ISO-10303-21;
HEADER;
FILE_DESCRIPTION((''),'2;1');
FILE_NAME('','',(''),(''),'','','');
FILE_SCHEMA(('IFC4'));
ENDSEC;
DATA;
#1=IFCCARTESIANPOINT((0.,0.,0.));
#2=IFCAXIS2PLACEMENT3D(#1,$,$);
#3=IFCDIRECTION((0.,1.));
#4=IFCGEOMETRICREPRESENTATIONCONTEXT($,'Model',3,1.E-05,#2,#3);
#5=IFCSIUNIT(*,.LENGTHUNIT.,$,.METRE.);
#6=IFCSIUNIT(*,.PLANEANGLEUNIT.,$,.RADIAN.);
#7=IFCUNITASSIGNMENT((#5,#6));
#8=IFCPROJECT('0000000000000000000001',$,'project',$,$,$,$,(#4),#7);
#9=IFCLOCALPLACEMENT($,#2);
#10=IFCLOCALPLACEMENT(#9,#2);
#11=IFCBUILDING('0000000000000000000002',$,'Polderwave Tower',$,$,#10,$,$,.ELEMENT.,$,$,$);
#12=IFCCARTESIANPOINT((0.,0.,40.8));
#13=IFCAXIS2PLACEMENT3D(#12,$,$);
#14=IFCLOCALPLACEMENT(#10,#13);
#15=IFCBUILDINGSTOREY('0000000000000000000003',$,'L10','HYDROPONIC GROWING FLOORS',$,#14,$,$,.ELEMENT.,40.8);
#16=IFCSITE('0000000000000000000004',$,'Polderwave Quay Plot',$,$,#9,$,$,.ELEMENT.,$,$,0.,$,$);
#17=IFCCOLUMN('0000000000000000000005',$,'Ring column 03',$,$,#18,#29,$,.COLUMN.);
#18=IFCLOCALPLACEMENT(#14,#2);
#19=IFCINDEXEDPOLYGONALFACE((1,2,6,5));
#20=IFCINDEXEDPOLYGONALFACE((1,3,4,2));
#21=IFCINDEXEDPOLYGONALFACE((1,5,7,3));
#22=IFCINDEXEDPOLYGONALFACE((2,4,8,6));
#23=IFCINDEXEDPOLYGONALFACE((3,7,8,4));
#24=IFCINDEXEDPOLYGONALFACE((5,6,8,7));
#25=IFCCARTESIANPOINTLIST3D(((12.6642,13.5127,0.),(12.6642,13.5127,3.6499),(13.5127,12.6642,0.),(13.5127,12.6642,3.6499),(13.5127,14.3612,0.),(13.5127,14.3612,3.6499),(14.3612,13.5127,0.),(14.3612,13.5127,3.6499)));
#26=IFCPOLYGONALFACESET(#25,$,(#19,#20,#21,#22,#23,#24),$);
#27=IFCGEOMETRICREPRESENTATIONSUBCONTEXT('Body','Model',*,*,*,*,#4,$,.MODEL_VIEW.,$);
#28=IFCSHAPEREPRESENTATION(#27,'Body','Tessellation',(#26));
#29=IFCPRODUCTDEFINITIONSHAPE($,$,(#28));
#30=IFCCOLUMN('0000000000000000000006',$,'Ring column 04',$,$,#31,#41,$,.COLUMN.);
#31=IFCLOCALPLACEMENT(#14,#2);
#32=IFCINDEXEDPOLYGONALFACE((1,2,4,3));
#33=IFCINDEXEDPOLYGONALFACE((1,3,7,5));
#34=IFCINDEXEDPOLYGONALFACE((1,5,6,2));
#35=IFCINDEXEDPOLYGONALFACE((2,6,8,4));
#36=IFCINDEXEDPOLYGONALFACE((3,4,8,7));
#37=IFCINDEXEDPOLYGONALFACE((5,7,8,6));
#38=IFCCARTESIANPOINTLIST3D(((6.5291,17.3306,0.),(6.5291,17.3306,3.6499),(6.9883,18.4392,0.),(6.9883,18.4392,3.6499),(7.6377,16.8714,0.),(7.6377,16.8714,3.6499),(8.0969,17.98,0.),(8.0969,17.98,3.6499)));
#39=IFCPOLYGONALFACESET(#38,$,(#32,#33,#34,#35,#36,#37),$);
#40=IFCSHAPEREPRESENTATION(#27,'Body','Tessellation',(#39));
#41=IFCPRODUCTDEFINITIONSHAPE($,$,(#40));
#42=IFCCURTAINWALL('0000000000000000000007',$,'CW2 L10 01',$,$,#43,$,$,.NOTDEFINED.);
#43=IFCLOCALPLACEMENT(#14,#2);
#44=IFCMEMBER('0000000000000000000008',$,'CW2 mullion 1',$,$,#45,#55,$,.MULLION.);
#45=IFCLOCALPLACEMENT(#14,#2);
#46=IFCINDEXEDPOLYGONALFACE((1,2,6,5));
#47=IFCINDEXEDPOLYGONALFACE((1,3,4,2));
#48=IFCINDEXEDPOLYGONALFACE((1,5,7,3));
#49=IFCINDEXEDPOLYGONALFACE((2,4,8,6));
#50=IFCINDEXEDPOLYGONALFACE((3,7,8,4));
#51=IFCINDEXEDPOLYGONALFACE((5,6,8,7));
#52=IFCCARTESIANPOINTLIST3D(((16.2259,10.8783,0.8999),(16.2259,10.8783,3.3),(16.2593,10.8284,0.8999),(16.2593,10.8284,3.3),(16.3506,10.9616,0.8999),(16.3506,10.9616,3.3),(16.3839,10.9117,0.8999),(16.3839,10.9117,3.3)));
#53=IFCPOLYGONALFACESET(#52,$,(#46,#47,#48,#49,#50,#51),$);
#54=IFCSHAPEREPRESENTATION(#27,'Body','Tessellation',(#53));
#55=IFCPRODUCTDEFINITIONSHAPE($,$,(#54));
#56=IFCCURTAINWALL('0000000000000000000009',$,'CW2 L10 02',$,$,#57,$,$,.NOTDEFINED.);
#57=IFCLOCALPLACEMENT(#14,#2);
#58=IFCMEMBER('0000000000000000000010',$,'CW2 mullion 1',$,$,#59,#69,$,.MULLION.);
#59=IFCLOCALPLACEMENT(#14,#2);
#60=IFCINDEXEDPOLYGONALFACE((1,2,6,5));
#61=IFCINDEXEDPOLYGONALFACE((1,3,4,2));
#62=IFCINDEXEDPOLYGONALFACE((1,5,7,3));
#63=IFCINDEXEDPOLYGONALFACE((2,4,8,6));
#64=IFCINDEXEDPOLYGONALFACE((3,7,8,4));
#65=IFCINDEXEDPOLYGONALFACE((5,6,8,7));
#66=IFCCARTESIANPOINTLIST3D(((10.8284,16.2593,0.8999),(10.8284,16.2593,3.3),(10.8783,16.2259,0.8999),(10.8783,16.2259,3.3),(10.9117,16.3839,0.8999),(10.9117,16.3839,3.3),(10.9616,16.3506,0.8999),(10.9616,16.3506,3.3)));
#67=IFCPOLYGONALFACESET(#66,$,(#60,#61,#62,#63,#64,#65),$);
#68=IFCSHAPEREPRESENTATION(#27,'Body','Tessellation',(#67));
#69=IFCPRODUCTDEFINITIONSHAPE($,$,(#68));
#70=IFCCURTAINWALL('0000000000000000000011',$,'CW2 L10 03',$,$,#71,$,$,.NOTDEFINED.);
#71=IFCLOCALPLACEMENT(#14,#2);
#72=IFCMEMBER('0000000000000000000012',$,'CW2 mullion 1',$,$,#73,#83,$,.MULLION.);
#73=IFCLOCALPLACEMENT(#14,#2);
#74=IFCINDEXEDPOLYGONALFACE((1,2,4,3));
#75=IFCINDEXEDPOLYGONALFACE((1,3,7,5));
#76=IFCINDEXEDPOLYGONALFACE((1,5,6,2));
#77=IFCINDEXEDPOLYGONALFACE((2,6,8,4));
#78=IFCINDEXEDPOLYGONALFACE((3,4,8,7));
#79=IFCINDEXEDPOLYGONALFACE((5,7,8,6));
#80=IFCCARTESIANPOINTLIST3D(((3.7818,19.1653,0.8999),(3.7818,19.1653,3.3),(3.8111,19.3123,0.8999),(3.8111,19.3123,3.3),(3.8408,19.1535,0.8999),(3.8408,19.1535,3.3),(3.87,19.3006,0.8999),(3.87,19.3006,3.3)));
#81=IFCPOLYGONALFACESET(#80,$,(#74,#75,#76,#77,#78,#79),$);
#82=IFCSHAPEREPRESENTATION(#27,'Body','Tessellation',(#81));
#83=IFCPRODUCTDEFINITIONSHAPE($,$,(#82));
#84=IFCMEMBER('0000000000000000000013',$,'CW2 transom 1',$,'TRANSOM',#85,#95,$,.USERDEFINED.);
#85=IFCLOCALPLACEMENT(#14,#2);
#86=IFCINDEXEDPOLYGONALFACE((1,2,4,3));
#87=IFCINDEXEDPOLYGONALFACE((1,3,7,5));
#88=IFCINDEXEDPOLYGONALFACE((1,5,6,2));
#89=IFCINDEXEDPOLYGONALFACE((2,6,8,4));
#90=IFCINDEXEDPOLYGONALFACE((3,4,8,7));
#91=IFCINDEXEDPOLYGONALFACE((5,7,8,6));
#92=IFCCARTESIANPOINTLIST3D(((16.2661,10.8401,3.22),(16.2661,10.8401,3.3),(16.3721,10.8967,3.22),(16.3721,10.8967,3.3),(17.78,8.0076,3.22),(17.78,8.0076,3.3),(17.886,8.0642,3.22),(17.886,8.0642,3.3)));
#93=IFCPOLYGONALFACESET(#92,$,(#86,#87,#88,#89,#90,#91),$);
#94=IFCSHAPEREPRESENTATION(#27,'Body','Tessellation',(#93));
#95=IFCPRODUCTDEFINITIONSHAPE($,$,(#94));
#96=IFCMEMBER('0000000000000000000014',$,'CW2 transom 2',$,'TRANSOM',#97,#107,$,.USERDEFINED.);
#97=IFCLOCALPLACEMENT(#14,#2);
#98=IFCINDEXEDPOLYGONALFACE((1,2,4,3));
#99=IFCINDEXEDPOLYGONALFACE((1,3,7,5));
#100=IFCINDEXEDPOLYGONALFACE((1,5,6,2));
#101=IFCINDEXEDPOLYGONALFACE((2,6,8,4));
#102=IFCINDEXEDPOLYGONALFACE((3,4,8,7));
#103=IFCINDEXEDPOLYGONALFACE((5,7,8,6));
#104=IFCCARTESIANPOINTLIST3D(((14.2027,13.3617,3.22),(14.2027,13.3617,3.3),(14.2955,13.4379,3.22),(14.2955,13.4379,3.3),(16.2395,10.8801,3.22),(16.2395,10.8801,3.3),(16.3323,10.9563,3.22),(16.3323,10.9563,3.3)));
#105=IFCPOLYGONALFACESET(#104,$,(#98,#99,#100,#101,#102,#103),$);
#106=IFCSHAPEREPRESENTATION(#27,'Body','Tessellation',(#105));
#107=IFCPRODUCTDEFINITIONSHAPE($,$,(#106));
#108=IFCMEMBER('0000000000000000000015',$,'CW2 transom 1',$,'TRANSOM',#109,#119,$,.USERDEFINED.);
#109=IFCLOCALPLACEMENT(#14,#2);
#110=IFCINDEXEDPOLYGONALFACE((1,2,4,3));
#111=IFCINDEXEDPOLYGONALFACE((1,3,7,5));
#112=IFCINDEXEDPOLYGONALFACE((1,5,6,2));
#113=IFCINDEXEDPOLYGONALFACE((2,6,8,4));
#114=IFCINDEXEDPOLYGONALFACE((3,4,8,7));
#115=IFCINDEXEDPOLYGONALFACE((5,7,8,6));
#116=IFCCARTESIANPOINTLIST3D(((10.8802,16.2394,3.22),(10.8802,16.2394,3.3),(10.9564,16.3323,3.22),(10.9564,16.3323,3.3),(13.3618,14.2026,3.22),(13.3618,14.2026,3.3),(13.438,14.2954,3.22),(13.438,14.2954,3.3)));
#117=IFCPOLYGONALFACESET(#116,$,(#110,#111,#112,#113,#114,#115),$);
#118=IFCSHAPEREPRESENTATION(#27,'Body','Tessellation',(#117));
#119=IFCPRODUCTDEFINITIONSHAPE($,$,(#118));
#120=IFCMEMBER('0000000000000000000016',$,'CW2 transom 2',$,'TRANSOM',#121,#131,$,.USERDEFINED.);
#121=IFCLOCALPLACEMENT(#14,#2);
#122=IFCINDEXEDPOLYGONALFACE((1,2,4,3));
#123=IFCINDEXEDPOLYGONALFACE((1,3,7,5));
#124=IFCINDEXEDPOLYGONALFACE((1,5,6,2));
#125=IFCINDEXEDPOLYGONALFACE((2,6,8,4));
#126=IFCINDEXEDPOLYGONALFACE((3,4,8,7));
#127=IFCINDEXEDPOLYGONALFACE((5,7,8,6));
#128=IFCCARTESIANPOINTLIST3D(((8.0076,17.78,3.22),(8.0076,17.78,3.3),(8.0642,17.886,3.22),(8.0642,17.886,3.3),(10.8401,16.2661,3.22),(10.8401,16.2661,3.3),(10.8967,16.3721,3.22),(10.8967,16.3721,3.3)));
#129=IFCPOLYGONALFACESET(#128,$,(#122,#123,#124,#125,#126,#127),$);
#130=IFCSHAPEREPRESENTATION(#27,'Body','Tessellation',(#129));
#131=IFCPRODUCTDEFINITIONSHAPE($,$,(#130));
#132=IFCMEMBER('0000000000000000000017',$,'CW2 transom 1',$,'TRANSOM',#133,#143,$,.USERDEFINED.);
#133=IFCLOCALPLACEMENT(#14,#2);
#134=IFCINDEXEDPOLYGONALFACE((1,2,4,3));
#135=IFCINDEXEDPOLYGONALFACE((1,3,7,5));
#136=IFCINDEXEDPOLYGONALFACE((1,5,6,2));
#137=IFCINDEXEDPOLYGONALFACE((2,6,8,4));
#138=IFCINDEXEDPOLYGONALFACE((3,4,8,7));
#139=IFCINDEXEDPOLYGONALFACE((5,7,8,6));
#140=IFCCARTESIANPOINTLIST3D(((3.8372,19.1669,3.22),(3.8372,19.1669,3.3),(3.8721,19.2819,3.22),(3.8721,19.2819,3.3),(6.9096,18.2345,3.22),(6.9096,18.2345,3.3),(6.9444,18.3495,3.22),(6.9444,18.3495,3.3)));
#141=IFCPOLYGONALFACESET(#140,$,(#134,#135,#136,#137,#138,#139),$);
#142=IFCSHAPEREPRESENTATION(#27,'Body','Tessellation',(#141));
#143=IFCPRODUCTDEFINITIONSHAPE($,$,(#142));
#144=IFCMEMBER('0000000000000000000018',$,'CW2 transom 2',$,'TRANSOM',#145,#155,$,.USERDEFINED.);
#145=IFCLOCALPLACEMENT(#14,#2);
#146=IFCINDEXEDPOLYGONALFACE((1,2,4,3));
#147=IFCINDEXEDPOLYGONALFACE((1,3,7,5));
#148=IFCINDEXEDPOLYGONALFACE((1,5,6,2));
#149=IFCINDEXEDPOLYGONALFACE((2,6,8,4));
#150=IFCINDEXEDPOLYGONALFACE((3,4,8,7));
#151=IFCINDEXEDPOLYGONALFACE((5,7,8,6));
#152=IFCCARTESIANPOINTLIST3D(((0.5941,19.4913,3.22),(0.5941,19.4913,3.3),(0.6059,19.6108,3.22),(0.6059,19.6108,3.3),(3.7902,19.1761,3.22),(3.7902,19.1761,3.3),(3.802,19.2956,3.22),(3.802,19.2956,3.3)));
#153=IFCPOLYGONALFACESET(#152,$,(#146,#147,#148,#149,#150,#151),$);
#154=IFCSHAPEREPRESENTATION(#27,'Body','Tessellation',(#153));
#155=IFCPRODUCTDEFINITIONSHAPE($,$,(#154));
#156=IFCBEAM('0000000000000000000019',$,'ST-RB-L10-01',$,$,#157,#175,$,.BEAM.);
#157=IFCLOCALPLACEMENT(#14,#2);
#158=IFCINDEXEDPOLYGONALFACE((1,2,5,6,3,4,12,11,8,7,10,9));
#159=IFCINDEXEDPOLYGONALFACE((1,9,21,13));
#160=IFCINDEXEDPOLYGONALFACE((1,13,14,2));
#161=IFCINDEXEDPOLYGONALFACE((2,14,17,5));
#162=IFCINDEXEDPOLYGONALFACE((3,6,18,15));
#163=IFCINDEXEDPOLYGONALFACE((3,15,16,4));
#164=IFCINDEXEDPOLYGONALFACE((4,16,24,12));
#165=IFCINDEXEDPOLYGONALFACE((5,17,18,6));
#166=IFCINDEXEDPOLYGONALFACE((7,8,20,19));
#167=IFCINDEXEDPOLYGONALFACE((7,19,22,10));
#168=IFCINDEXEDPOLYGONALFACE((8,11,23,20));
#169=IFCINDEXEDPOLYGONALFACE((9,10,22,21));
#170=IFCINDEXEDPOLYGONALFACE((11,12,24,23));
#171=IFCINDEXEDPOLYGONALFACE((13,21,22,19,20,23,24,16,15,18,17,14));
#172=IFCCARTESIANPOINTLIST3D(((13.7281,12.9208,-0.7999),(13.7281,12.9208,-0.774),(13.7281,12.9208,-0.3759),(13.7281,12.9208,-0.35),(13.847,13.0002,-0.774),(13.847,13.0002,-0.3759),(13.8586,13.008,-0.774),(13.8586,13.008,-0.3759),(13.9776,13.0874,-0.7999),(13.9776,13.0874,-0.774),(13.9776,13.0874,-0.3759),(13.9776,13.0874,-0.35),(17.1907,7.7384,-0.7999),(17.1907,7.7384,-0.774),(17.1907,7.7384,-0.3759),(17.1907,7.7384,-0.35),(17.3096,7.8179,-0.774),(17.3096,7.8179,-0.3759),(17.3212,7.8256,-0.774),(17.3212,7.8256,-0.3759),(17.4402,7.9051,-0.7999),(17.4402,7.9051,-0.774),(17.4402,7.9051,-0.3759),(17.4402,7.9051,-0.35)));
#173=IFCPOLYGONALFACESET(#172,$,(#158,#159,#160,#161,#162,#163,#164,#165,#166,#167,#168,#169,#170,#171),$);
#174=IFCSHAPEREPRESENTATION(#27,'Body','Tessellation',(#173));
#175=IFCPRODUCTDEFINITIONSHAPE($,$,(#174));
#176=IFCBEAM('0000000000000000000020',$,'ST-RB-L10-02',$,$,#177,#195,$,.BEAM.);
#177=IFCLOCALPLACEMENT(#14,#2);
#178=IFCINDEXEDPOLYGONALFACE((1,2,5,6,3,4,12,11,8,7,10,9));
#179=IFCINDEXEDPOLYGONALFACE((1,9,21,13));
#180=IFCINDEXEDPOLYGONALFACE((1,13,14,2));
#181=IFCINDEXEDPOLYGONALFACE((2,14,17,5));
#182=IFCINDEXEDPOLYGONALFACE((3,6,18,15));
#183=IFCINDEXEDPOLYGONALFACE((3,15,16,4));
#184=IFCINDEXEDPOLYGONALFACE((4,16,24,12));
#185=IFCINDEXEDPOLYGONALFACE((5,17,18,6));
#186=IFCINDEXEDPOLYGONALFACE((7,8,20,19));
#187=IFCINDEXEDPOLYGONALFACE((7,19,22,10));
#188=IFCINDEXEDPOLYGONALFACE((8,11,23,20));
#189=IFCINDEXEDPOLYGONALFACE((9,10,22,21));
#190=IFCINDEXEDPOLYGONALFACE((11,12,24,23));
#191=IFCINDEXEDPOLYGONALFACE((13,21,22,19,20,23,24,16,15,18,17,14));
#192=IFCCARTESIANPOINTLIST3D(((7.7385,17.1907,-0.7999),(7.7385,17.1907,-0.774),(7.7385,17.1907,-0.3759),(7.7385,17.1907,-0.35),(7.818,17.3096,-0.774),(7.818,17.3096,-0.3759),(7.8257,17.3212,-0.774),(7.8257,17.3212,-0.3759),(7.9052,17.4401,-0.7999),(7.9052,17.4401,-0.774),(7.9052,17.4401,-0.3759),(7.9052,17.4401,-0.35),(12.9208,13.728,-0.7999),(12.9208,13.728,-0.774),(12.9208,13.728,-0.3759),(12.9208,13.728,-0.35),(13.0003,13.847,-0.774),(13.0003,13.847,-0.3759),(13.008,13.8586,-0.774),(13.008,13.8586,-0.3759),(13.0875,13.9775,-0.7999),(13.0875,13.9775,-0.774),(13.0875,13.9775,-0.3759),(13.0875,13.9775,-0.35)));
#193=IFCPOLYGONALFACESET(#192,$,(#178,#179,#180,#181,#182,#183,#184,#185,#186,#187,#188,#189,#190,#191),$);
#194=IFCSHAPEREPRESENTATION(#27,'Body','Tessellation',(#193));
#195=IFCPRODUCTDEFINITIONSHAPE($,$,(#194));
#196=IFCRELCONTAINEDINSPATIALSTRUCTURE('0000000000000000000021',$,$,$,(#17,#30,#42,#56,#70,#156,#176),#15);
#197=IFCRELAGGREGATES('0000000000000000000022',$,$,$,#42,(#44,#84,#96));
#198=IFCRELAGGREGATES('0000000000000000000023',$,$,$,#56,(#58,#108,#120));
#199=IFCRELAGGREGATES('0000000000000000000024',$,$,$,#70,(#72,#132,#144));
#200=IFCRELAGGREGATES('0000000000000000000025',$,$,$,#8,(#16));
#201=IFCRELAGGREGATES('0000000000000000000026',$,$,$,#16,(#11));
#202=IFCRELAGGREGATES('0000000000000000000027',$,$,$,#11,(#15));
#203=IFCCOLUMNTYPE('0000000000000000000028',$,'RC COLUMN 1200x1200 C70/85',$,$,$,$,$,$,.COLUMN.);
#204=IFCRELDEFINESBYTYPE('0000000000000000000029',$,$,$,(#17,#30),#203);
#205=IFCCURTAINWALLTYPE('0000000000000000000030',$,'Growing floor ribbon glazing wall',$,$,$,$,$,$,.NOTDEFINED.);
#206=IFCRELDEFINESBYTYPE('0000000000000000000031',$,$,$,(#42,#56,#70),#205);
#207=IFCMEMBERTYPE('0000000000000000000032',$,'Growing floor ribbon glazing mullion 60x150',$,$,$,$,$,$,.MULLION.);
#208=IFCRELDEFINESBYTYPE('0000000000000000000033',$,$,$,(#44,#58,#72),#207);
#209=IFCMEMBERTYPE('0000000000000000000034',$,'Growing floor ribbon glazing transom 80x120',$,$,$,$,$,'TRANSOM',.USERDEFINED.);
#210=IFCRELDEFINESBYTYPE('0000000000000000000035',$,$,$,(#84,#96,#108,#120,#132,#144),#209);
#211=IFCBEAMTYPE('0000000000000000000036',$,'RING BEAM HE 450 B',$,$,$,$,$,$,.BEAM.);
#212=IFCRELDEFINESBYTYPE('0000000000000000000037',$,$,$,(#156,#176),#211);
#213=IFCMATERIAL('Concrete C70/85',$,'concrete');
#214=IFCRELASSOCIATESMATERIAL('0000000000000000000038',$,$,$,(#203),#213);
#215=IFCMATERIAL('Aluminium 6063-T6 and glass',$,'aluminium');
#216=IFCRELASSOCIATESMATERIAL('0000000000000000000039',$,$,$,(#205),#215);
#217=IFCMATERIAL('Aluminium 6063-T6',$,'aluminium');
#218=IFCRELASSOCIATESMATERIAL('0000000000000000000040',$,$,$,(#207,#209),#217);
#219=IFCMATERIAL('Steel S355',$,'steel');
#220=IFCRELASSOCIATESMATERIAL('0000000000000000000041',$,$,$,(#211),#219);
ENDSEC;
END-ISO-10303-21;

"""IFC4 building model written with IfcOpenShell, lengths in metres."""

from ifc_helpers import new_model, si_unit, direction, frame, origin, origin_2d, place, context, subcontext, project, spatial, rectangle, i_section, extrude, material, material_profile, profile_set, type_object, element, aggregate, save


model = new_model("IFC4")

# Units and contexts
model_context = context("Model", 3, precision=1e-05, world=origin(), true_north=direction((0.0, 1.0)))
body_context = subcontext(model_context, "Body", "Model", "MODEL_VIEW")
ifc_project = project(units=[si_unit("LENGTHUNIT", "METRE"), si_unit("PLANEANGLEUNIT", "RADIAN")], contexts=[model_context])

# Site, building, storey
site_placement = place(None, origin())
site = spatial("IfcSite", under=ifc_project, at=site_placement, Name="Polderwave Quay Plot", CompositionType="ELEMENT", RefElevation=0.0)
building_placement = place(site_placement, origin())
building = spatial("IfcBuilding", under=site, at=building_placement, Name="Polderwave Tower", CompositionType="ELEMENT")
storey_placement = place(building_placement, frame((0.0, 0.0, 40.8)))
storey = spatial("IfcBuildingStorey", under=building, at=storey_placement, Name="L10", Description="HYDROPONIC GROWING FLOORS", CompositionType="ELEMENT", Elevation=40.8)

# Columns
ifc_material_1 = material(Name="Concrete C70/85", Category="concrete")
ifc_material_profile_1 = material_profile(ifc_material_1, rectangle(XDim=1.2, YDim=1.2, at=origin_2d()), Name="RC 1200x1200")
ifc_profile_set_1 = profile_set([ifc_material_profile_1], Name="Concrete C70/85")
column_type = type_object("IfcColumnType", Name="RC COLUMN 1200x1200 C70/85", PredefinedType="COLUMN", material=ifc_profile_set_1)
for number, where, z_axis, x_axis, name in (
    (1, (13.5127, 13.5127, 0.0), (0.0, 0.0, 1.0), (0.707107, 0.707107, 0.0), "Ring column 03"),
    (2, (7.313, 17.6553, 0.0), (0.0, 0.0, 1.0), (0.382683, 0.92388, 0.0), "Ring column 04"),
):
    element("IfcColumn", number, at=place(storey_placement, frame(where, z_axis=z_axis, x_axis=x_axis)), inside=storey, type_object=column_type, Name=name, PredefinedType="COLUMN", context=body_context, shape_type="SweptSolid", body=[
        extrude(rectangle(XDim=1.2, YDim=1.2, at=origin_2d()), origin(), (0.0, 0.0, 1.0), 3.6499),
    ])

# Curtain walls, members
ifc_material_2 = material(Name="Aluminium 6063-T6 and glass", Category="aluminium")
curtain_wall_type = type_object("IfcCurtainWallType", Name="Growing floor ribbon glazing wall", PredefinedType="NOTDEFINED", material=ifc_material_2)
curtain_wall_1_placement = place(storey_placement, origin())
curtain_wall_1 = element("IfcCurtainWall", 3, at=curtain_wall_1_placement, inside=storey, type_object=curtain_wall_type, Name="CW2 L10 01", PredefinedType="NOTDEFINED")
ifc_material_3 = material(Name="Aluminium 6063-T6", Category="aluminium")
ifc_material_profile_2 = material_profile(ifc_material_3, rectangle(XDim=0.1499, YDim=0.0601, at=origin_2d()), Name="AL 60x150")
ifc_profile_set_2 = profile_set([ifc_material_profile_2], Name="Aluminium 6063-T6")
member_type_1 = type_object("IfcMemberType", Name="Growing floor ribbon glazing mullion 60x150", PredefinedType="MULLION", material=ifc_profile_set_2)
member_1_placement = place(storey_placement, frame((16.3049, 10.895, 0.8999), z_axis=(0.0, 0.0, 1.0), x_axis=(-0.831469, -0.555572, 0.0)))
member_1 = element("IfcMember", 4, at=member_1_placement, type_object=member_type_1, Name="CW2 mullion 1", PredefinedType="MULLION", context=body_context, shape_type="SweptSolid", body=[
    extrude(rectangle(XDim=0.1499, YDim=0.0601, at=origin_2d()), origin(), (0.0, 0.0, 1.0), 2.4001),
])
curtain_wall_2_placement = place(storey_placement, origin())
curtain_wall_2 = element("IfcCurtainWall", 5, at=curtain_wall_2_placement, inside=storey, type_object=curtain_wall_type, Name="CW2 L10 02", PredefinedType="NOTDEFINED")
member_2_placement = place(storey_placement, frame((10.895, 16.3049, 0.8999), z_axis=(0.0, 0.0, 1.0), x_axis=(-0.555572, -0.831469, 0.0)))
member_2 = element("IfcMember", 6, at=member_2_placement, type_object=member_type_1, Name="CW2 mullion 1", PredefinedType="MULLION", context=body_context, shape_type="SweptSolid", body=[
    extrude(rectangle(XDim=0.1499, YDim=0.0601, at=origin_2d()), origin(), (0.0, 0.0, 1.0), 2.4001),
])
curtain_wall_3_placement = place(storey_placement, origin())
curtain_wall_3 = element("IfcCurtainWall", 7, at=curtain_wall_3_placement, inside=storey, type_object=curtain_wall_type, Name="CW2 L10 03", PredefinedType="NOTDEFINED")
member_3_placement = place(storey_placement, frame((3.8259, 19.2329, 0.8999), z_axis=(0.0, 0.0, 1.0), x_axis=(-0.195178, -0.980768, 0.0)))
member_3 = element("IfcMember", 8, at=member_3_placement, type_object=member_type_1, Name="CW2 mullion 1", PredefinedType="MULLION", context=body_context, shape_type="SweptSolid", body=[
    extrude(rectangle(XDim=0.1499, YDim=0.0601, at=origin_2d()), origin(), (0.0, 0.0, 1.0), 2.4001),
])

# Members
ifc_material_profile_3 = material_profile(ifc_material_3, rectangle(XDim=0.1201, YDim=0.0801, at=origin_2d()), Name="AL 80x120")
ifc_profile_set_3 = profile_set([ifc_material_profile_3], Name="Aluminium 6063-T6")
member_type_2 = type_object("IfcMemberType", Name="Growing floor ribbon glazing transom 80x120", ElementType="TRANSOM", PredefinedType="USERDEFINED", material=ifc_profile_set_3)
member_4_placement = place(storey_placement, frame((17.833, 8.0359, 3.26), z_axis=(-0.471373, 0.881934, 0.0), x_axis=(-0.881934, -0.471373, 0.0)))
member_4 = element("IfcMember", 9, at=member_4_placement, type_object=member_type_2, Name="CW2 transom 1", ObjectType="TRANSOM", PredefinedType="USERDEFINED", context=body_context, shape_type="SweptSolid", body=[
    extrude(rectangle(XDim=0.1201, YDim=0.0801, at=origin_2d()), origin(), (0.0, 0.0, 1.0), 3.2117),
])
member_5_placement = place(storey_placement, frame((16.2859, 10.9182, 3.26), z_axis=(-0.63443, 0.772981, 0.0), x_axis=(-0.772981, -0.63443, 0.0)))
member_5 = element("IfcMember", 10, at=member_5_placement, type_object=member_type_2, Name="CW2 transom 2", ObjectType="TRANSOM", PredefinedType="USERDEFINED", context=body_context, shape_type="SweptSolid", body=[
    extrude(rectangle(XDim=0.1201, YDim=0.0801, at=origin_2d()), origin(), (0.0, 0.0, 1.0), 3.2104),
])
member_6_placement = place(storey_placement, frame((13.3999, 14.249, 3.26), z_axis=(-0.772981, 0.63443, 0.0), x_axis=(-0.63443, -0.772981, 0.0)))
member_6 = element("IfcMember", 11, at=member_6_placement, type_object=member_type_2, Name="CW2 transom 1", ObjectType="TRANSOM", PredefinedType="USERDEFINED", context=body_context, shape_type="SweptSolid", body=[
    extrude(rectangle(XDim=0.1201, YDim=0.0801, at=origin_2d()), origin(), (0.0, 0.0, 1.0), 3.2104),
])
member_7_placement = place(storey_placement, frame((10.8684, 16.3191, 3.26), z_axis=(-0.881934, 0.471373, 0.0), x_axis=(-0.471373, -0.881934, 0.0)))
member_7 = element("IfcMember", 12, at=member_7_placement, type_object=member_type_2, Name="CW2 transom 2", ObjectType="TRANSOM", PredefinedType="USERDEFINED", context=body_context, shape_type="SweptSolid", body=[
    extrude(rectangle(XDim=0.1201, YDim=0.0801, at=origin_2d()), origin(), (0.0, 0.0, 1.0), 3.2117),
])
member_8_placement = place(storey_placement, frame((6.927, 18.292, 3.26), z_axis=(-0.956905, 0.290402, 0.0), x_axis=(-0.290402, -0.956905, 0.0)))
member_8 = element("IfcMember", 13, at=member_8_placement, type_object=member_type_2, Name="CW2 transom 1", ObjectType="TRANSOM", PredefinedType="USERDEFINED", context=body_context, shape_type="SweptSolid", body=[
    extrude(rectangle(XDim=0.1201, YDim=0.0801, at=origin_2d()), origin(), (0.0, 0.0, 1.0), 3.2107),
])
member_9_placement = place(storey_placement, frame((3.7961, 19.2358, 3.26), z_axis=(-0.995172, 0.098141, 0.0), x_axis=(-0.098141, -0.995172, 0.0)))
member_9 = element("IfcMember", 14, at=member_9_placement, type_object=member_type_2, Name="CW2 transom 2", ObjectType="TRANSOM", PredefinedType="USERDEFINED", context=body_context, shape_type="SweptSolid", body=[
    extrude(rectangle(XDim=0.1201, YDim=0.0801, at=origin_2d()), origin(), (0.0, 0.0, 1.0), 3.2117),
])

# Beams
ifc_material_4 = material(Name="Steel S355", Category="steel")
ifc_material_profile_4 = material_profile(ifc_material_4, i_section(OverallWidth=0.3, OverallDepth=0.45, WebThickness=0.0139, FlangeThickness=0.0259, at=origin_2d()), Name="HE 450 B")
ifc_profile_set_4 = profile_set([ifc_material_profile_4], Name="Steel S355")
beam_type = type_object("IfcBeamType", Name="RING BEAM HE 450 B", PredefinedType="BEAM", material=ifc_profile_set_4)
for number, where, z_axis, x_axis, name in (
    (15, (17.3154, 7.8218, -0.575), (-0.555559, 0.831477, 0.0), (-0.831477, -0.555559, 0.0), "ST-RB-L10-01"),
    (16, (13.0042, 13.8528, -0.575), (-0.831477, 0.555559, 0.0), (-0.555559, -0.831477, 0.0), "ST-RB-L10-02"),
):
    element("IfcBeam", number, at=place(storey_placement, frame(where, z_axis=z_axis, x_axis=x_axis)), inside=storey, type_object=beam_type, Name=name, PredefinedType="BEAM", context=body_context, shape_type="SweptSolid", body=[
        extrude(i_section(OverallWidth=0.3, OverallDepth=0.45, WebThickness=0.0139, FlangeThickness=0.0259, at=origin_2d()), origin(), (0.0, 0.0, 1.0), 6.2327),
    ])

aggregate(curtain_wall_1, [member_1, member_4, member_5])
aggregate(curtain_wall_2, [member_2, member_6, member_7])
aggregate(curtain_wall_3, [member_3, member_8, member_9])

save(model, "model.ifc")
